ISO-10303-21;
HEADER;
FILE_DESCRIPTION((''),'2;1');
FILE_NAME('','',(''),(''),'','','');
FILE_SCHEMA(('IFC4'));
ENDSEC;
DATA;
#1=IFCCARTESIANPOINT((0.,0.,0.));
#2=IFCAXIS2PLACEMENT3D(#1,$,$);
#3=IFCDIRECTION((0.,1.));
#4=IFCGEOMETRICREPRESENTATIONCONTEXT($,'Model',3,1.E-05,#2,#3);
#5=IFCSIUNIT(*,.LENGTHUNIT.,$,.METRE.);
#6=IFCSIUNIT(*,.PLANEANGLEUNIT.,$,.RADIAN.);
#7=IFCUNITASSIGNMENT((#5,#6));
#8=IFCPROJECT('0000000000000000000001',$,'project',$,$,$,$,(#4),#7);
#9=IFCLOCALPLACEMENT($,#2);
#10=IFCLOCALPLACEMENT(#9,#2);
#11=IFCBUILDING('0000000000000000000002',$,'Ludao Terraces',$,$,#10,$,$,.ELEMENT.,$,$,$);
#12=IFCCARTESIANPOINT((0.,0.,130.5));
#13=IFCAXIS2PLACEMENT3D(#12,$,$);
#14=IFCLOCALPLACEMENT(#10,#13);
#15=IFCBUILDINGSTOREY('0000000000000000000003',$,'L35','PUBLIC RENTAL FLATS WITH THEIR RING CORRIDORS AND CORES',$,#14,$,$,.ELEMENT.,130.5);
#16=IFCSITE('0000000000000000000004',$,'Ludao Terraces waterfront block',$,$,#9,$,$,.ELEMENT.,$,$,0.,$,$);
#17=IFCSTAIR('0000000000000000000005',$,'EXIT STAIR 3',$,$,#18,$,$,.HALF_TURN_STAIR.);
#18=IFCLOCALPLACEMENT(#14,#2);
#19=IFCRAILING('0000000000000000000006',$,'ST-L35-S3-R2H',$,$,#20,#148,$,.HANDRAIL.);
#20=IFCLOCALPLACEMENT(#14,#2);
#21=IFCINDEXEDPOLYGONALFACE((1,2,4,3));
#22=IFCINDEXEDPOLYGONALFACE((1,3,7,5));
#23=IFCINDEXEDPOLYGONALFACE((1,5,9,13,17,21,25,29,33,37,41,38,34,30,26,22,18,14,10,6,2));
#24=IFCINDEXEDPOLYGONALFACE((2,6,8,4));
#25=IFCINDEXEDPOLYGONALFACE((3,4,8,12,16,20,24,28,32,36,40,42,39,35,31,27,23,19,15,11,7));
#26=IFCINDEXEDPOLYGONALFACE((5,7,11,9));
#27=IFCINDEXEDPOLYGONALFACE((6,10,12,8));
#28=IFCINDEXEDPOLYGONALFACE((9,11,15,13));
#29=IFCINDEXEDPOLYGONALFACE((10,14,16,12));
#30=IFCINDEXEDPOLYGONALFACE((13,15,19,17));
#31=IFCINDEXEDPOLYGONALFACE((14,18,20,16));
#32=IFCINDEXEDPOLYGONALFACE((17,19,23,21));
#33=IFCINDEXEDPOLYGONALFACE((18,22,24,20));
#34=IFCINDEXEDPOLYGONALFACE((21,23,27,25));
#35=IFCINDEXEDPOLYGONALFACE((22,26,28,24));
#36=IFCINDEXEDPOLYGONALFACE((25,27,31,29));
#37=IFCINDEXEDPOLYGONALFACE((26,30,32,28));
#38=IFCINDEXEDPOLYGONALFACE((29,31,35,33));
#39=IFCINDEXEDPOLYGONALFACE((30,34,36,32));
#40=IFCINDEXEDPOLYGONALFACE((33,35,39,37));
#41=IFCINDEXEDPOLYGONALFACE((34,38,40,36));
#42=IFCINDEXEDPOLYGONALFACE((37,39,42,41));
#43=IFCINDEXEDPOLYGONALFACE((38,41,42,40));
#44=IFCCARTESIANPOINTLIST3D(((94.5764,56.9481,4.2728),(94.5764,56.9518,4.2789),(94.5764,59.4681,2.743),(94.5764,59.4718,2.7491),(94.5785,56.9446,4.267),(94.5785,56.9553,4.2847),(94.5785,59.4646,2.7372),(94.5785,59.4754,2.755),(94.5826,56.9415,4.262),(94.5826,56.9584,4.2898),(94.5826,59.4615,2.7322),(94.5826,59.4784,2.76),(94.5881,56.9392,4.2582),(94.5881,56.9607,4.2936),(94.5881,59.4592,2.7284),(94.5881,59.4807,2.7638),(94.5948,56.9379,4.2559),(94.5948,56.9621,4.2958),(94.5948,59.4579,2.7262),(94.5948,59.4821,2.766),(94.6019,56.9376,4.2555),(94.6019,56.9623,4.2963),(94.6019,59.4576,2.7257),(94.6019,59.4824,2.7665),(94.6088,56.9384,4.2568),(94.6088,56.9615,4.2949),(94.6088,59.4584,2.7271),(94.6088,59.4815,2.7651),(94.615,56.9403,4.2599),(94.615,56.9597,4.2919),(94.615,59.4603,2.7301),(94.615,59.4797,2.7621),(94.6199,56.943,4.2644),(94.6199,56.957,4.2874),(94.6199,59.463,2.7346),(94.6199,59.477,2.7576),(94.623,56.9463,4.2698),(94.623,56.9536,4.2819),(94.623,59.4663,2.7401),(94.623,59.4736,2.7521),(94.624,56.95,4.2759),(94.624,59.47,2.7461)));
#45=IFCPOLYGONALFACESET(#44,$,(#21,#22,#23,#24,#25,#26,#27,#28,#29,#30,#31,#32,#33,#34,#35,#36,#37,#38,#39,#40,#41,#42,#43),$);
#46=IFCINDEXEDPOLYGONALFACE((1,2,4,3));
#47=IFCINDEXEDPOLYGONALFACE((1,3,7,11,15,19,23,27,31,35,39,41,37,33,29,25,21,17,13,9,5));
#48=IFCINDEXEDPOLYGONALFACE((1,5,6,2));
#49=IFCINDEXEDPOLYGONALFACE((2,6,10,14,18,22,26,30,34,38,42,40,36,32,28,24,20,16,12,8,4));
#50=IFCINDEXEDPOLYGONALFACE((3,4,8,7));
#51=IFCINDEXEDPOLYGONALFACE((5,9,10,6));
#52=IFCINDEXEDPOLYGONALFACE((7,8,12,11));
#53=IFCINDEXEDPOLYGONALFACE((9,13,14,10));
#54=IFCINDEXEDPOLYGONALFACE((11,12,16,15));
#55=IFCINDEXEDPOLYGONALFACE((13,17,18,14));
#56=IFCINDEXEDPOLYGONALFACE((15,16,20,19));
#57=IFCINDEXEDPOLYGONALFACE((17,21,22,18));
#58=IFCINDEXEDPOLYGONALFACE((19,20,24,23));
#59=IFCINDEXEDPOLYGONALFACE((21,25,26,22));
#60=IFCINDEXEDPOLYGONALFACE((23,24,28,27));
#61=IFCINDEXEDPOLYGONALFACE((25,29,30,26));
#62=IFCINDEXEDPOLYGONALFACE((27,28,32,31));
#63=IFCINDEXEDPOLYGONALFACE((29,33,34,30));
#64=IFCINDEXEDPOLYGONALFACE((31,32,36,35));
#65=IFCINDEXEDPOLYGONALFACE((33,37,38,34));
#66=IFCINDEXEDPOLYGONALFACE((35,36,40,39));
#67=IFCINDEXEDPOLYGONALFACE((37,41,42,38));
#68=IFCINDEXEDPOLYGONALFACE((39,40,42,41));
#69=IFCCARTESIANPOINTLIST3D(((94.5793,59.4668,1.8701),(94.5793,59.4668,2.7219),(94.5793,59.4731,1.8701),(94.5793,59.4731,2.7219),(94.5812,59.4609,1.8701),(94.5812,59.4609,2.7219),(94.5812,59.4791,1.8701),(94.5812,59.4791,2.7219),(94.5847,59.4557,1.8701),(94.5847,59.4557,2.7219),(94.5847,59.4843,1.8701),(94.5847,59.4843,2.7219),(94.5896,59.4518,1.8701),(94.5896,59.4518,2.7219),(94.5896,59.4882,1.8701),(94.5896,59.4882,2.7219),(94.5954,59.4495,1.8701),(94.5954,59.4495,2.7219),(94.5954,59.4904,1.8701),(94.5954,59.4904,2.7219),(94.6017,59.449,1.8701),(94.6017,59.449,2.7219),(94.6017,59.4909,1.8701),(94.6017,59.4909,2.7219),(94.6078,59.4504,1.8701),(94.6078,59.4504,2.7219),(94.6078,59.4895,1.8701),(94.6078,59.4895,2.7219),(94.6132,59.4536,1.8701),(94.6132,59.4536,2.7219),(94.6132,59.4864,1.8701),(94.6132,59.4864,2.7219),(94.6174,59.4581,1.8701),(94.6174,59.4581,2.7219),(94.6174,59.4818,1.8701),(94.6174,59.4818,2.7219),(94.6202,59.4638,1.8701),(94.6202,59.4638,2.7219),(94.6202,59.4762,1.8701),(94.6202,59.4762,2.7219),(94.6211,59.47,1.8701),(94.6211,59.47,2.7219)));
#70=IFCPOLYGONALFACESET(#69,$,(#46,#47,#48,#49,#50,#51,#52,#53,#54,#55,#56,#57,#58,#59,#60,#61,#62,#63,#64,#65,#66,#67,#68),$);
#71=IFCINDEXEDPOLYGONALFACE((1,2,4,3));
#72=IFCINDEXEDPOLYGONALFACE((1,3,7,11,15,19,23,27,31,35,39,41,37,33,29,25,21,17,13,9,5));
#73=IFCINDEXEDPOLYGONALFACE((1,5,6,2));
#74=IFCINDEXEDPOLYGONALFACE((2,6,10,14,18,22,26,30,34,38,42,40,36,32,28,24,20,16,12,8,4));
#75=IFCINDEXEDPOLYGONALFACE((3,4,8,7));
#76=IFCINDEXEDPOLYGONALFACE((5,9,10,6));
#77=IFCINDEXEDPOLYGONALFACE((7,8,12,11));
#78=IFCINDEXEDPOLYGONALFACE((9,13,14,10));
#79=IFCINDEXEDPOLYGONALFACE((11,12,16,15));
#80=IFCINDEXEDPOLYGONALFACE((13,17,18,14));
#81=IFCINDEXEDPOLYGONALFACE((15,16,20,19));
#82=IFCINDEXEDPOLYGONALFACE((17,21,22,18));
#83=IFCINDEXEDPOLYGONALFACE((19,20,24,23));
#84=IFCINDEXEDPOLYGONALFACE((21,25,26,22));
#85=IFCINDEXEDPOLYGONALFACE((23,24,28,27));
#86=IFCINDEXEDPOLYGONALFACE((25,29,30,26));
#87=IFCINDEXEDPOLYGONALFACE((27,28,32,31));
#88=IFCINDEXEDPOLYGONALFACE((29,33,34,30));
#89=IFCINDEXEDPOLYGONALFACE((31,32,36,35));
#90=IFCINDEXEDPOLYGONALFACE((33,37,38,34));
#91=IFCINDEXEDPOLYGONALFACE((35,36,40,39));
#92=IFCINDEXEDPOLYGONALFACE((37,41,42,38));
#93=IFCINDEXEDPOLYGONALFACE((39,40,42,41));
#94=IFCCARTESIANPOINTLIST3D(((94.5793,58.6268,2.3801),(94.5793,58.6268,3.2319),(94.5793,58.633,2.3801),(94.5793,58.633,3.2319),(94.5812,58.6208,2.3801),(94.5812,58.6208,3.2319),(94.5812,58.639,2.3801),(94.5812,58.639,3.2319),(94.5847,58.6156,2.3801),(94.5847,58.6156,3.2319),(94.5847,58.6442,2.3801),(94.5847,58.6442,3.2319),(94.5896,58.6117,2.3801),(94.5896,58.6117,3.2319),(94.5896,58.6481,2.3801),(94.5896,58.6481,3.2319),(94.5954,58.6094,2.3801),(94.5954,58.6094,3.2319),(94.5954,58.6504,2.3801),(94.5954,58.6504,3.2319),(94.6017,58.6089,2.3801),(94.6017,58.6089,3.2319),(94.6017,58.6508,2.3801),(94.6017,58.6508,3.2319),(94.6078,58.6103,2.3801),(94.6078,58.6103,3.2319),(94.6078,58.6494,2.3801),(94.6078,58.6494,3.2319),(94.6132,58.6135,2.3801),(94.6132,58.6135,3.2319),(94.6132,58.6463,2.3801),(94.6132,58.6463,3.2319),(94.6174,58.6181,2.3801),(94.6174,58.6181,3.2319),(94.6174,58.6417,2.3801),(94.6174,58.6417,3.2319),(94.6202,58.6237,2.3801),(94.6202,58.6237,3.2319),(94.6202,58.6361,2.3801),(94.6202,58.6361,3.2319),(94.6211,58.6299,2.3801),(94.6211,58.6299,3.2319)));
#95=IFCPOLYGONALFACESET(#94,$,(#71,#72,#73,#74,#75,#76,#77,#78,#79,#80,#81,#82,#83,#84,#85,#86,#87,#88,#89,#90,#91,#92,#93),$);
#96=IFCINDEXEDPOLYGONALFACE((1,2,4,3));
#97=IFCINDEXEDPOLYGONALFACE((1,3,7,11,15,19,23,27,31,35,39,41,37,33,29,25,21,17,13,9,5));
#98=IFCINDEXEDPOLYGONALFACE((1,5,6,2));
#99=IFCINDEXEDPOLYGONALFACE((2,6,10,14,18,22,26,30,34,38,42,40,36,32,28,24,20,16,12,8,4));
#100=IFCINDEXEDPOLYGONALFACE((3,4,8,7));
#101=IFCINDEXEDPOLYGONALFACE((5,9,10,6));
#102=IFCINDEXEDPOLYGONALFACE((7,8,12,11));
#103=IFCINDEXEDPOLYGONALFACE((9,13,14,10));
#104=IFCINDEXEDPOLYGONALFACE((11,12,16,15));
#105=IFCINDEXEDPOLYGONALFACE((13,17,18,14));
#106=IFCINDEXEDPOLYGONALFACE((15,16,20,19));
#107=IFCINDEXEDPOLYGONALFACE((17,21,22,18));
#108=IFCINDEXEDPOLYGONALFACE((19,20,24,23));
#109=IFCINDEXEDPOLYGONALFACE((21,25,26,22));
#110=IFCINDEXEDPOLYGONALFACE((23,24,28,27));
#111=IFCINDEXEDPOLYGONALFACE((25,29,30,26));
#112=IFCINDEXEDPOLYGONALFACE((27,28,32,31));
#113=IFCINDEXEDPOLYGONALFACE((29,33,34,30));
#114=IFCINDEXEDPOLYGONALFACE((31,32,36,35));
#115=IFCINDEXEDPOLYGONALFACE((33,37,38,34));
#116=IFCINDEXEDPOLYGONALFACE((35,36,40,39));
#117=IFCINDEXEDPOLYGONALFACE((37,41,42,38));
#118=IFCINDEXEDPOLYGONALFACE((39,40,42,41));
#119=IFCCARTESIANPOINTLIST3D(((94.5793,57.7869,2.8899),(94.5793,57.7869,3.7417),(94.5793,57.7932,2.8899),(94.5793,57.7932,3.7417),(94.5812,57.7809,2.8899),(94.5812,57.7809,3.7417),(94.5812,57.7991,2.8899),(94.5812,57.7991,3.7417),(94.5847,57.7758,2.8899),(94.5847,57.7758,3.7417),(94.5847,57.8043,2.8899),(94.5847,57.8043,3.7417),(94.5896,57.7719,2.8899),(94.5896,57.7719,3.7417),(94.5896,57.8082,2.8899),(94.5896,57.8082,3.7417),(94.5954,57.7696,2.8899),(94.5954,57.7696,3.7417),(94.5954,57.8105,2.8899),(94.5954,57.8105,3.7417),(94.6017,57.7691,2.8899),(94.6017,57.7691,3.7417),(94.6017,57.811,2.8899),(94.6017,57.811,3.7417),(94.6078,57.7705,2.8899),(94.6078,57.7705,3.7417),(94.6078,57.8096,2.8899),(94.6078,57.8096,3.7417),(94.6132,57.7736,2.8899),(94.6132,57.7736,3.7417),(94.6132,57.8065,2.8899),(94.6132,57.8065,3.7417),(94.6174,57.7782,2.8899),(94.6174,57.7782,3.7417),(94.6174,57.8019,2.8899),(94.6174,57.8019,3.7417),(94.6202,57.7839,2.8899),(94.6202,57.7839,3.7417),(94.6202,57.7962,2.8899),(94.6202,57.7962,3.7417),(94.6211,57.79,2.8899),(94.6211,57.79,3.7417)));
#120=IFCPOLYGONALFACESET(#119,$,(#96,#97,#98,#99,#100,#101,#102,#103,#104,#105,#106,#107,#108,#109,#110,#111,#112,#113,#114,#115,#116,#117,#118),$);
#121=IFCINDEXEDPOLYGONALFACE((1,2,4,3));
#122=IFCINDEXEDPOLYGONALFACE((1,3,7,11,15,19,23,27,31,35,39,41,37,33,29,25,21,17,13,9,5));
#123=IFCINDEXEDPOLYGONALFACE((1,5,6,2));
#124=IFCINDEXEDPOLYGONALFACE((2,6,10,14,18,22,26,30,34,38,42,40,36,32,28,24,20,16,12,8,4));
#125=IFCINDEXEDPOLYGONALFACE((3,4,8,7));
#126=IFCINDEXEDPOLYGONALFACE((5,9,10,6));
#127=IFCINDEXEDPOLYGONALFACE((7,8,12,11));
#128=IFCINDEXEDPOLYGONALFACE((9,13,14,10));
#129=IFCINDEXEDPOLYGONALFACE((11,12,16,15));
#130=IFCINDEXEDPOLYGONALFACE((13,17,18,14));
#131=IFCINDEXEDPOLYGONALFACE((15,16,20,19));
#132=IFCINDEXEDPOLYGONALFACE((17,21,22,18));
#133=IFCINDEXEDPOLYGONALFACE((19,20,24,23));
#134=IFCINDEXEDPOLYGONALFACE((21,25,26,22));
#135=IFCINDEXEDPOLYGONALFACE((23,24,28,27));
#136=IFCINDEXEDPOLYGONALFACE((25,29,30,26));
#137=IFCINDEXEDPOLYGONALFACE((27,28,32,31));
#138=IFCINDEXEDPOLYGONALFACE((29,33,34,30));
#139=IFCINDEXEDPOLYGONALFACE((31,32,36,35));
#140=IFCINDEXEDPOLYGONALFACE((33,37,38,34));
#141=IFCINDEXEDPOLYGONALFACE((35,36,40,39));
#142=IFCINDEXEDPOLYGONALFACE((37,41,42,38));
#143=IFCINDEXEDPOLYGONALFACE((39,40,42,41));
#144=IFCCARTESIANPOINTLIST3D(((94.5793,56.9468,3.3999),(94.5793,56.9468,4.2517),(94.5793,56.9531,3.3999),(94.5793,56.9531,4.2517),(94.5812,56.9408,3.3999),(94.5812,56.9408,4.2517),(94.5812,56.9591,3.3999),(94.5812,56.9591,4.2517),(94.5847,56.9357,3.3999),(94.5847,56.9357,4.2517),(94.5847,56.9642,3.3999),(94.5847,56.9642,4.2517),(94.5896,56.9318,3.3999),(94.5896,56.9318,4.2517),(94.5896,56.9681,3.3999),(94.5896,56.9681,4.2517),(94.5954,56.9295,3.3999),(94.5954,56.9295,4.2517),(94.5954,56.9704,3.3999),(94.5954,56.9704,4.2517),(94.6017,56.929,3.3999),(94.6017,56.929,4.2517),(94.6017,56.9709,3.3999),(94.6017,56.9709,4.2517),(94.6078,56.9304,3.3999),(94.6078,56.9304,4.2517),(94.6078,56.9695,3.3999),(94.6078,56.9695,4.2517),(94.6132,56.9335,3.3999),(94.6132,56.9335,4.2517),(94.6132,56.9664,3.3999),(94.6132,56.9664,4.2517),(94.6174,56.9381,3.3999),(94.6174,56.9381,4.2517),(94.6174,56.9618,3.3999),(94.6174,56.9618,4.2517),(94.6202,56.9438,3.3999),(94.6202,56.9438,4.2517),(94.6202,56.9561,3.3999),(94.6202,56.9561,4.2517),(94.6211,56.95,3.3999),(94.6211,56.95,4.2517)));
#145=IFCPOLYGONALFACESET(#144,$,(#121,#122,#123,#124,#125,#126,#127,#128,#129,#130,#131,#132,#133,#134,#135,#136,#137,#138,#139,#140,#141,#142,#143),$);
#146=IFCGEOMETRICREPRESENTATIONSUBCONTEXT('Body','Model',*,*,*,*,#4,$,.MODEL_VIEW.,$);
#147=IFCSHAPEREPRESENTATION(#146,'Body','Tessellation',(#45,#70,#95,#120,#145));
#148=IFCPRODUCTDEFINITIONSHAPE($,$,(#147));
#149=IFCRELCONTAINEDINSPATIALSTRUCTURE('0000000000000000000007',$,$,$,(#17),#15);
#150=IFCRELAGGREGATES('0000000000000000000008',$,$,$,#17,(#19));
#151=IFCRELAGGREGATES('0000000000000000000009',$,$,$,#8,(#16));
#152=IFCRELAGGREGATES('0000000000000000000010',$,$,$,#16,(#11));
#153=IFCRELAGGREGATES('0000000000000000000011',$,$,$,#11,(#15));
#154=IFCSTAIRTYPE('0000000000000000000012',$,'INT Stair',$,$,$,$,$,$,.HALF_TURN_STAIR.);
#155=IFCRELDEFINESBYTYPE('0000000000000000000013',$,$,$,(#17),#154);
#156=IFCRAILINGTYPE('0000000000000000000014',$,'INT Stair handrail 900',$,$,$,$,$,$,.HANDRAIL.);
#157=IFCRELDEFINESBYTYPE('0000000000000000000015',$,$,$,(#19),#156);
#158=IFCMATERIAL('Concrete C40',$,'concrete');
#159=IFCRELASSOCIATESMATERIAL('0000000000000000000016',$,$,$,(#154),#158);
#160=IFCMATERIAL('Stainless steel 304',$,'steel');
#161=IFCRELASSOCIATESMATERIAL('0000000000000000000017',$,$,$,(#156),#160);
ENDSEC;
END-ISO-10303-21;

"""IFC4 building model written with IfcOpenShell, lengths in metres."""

from ifc_helpers import new_model, si_unit, direction, frame, origin, origin_2d, place, context, subcontext, project, spatial, circle, extrude, material, type_object, element, aggregate, save


model = new_model("IFC4")

# Units and contexts
model_context = context("Model", 3, precision=1e-05, world=origin(), true_north=direction((0.0, 1.0)))
body_context = subcontext(model_context, "Body", "Model", "MODEL_VIEW")
ifc_project = project(units=[si_unit("LENGTHUNIT", "METRE"), si_unit("PLANEANGLEUNIT", "RADIAN")], contexts=[model_context])

# Site, building, storey
site_placement = place(None, origin())
site = spatial("IfcSite", under=ifc_project, at=site_placement, Name="Ludao Terraces waterfront block", CompositionType="ELEMENT", RefElevation=0.0)
building_placement = place(site_placement, origin())
building = spatial("IfcBuilding", under=site, at=building_placement, Name="Ludao Terraces", CompositionType="ELEMENT")
storey_placement = place(building_placement, frame((0.0, 0.0, 130.5)))
storey = spatial("IfcBuildingStorey", under=building, at=storey_placement, Name="L35", Description="PUBLIC RENTAL FLATS WITH THEIR RING CORRIDORS AND CORES", CompositionType="ELEMENT", Elevation=130.5)

# Shared definitions
ifc_material_1 = material(Name="Concrete C40", Category="concrete")

# Stair, railing
stair_type = type_object("IfcStairType", Name="INT Stair", PredefinedType="HALF_TURN_STAIR", material=ifc_material_1)
stair_placement = place(storey_placement, origin())
stair = element("IfcStair", 1, at=stair_placement, inside=storey, type_object=stair_type, Name="EXIT STAIR 3", PredefinedType="HALF_TURN_STAIR")
ifc_material_2 = material(Name="Stainless steel 304", Category="steel")
railing_type_1 = type_object("IfcRailingType", Name="INT Stair handrail 900", PredefinedType="HANDRAIL", material=ifc_material_2)
railing_1_placement = place(storey_placement, frame((94.6001, 59.47, 1.8701)))
railing_1 = element("IfcRailing", 2, at=railing_1_placement, type_object=railing_type_1, Name="ST-L35-S3-R2H", PredefinedType="HANDRAIL", context=body_context, shape_type="SweptSolid", body=[
    extrude(circle(Radius=0.0239, at=origin_2d()), frame((0.0, 0.0, 0.876), z_axis=(0.0, -0.854822, 0.518922), x_axis=(1.0, 0.0, 0.0)), (0.0, 0.0, 1.0), 2.948),
    extrude(circle(Radius=0.021, at=origin_2d()), origin(), (0.0, 0.0, 1.0), 0.8518),
    extrude(circle(Radius=0.021, at=origin_2d()), frame((0.0, -0.8401, 0.51)), (0.0, 0.0, 1.0), 0.8518),
    extrude(circle(Radius=0.021, at=origin_2d()), frame((0.0, -1.6799, 1.0198)), (0.0, 0.0, 1.0), 0.8518),
    extrude(circle(Radius=0.021, at=origin_2d()), frame((0.0, -2.52, 1.5298)), (0.0, 0.0, 1.0), 0.8518),
])
aggregate(stair, [railing_1])

save(model, "model.ifc")
